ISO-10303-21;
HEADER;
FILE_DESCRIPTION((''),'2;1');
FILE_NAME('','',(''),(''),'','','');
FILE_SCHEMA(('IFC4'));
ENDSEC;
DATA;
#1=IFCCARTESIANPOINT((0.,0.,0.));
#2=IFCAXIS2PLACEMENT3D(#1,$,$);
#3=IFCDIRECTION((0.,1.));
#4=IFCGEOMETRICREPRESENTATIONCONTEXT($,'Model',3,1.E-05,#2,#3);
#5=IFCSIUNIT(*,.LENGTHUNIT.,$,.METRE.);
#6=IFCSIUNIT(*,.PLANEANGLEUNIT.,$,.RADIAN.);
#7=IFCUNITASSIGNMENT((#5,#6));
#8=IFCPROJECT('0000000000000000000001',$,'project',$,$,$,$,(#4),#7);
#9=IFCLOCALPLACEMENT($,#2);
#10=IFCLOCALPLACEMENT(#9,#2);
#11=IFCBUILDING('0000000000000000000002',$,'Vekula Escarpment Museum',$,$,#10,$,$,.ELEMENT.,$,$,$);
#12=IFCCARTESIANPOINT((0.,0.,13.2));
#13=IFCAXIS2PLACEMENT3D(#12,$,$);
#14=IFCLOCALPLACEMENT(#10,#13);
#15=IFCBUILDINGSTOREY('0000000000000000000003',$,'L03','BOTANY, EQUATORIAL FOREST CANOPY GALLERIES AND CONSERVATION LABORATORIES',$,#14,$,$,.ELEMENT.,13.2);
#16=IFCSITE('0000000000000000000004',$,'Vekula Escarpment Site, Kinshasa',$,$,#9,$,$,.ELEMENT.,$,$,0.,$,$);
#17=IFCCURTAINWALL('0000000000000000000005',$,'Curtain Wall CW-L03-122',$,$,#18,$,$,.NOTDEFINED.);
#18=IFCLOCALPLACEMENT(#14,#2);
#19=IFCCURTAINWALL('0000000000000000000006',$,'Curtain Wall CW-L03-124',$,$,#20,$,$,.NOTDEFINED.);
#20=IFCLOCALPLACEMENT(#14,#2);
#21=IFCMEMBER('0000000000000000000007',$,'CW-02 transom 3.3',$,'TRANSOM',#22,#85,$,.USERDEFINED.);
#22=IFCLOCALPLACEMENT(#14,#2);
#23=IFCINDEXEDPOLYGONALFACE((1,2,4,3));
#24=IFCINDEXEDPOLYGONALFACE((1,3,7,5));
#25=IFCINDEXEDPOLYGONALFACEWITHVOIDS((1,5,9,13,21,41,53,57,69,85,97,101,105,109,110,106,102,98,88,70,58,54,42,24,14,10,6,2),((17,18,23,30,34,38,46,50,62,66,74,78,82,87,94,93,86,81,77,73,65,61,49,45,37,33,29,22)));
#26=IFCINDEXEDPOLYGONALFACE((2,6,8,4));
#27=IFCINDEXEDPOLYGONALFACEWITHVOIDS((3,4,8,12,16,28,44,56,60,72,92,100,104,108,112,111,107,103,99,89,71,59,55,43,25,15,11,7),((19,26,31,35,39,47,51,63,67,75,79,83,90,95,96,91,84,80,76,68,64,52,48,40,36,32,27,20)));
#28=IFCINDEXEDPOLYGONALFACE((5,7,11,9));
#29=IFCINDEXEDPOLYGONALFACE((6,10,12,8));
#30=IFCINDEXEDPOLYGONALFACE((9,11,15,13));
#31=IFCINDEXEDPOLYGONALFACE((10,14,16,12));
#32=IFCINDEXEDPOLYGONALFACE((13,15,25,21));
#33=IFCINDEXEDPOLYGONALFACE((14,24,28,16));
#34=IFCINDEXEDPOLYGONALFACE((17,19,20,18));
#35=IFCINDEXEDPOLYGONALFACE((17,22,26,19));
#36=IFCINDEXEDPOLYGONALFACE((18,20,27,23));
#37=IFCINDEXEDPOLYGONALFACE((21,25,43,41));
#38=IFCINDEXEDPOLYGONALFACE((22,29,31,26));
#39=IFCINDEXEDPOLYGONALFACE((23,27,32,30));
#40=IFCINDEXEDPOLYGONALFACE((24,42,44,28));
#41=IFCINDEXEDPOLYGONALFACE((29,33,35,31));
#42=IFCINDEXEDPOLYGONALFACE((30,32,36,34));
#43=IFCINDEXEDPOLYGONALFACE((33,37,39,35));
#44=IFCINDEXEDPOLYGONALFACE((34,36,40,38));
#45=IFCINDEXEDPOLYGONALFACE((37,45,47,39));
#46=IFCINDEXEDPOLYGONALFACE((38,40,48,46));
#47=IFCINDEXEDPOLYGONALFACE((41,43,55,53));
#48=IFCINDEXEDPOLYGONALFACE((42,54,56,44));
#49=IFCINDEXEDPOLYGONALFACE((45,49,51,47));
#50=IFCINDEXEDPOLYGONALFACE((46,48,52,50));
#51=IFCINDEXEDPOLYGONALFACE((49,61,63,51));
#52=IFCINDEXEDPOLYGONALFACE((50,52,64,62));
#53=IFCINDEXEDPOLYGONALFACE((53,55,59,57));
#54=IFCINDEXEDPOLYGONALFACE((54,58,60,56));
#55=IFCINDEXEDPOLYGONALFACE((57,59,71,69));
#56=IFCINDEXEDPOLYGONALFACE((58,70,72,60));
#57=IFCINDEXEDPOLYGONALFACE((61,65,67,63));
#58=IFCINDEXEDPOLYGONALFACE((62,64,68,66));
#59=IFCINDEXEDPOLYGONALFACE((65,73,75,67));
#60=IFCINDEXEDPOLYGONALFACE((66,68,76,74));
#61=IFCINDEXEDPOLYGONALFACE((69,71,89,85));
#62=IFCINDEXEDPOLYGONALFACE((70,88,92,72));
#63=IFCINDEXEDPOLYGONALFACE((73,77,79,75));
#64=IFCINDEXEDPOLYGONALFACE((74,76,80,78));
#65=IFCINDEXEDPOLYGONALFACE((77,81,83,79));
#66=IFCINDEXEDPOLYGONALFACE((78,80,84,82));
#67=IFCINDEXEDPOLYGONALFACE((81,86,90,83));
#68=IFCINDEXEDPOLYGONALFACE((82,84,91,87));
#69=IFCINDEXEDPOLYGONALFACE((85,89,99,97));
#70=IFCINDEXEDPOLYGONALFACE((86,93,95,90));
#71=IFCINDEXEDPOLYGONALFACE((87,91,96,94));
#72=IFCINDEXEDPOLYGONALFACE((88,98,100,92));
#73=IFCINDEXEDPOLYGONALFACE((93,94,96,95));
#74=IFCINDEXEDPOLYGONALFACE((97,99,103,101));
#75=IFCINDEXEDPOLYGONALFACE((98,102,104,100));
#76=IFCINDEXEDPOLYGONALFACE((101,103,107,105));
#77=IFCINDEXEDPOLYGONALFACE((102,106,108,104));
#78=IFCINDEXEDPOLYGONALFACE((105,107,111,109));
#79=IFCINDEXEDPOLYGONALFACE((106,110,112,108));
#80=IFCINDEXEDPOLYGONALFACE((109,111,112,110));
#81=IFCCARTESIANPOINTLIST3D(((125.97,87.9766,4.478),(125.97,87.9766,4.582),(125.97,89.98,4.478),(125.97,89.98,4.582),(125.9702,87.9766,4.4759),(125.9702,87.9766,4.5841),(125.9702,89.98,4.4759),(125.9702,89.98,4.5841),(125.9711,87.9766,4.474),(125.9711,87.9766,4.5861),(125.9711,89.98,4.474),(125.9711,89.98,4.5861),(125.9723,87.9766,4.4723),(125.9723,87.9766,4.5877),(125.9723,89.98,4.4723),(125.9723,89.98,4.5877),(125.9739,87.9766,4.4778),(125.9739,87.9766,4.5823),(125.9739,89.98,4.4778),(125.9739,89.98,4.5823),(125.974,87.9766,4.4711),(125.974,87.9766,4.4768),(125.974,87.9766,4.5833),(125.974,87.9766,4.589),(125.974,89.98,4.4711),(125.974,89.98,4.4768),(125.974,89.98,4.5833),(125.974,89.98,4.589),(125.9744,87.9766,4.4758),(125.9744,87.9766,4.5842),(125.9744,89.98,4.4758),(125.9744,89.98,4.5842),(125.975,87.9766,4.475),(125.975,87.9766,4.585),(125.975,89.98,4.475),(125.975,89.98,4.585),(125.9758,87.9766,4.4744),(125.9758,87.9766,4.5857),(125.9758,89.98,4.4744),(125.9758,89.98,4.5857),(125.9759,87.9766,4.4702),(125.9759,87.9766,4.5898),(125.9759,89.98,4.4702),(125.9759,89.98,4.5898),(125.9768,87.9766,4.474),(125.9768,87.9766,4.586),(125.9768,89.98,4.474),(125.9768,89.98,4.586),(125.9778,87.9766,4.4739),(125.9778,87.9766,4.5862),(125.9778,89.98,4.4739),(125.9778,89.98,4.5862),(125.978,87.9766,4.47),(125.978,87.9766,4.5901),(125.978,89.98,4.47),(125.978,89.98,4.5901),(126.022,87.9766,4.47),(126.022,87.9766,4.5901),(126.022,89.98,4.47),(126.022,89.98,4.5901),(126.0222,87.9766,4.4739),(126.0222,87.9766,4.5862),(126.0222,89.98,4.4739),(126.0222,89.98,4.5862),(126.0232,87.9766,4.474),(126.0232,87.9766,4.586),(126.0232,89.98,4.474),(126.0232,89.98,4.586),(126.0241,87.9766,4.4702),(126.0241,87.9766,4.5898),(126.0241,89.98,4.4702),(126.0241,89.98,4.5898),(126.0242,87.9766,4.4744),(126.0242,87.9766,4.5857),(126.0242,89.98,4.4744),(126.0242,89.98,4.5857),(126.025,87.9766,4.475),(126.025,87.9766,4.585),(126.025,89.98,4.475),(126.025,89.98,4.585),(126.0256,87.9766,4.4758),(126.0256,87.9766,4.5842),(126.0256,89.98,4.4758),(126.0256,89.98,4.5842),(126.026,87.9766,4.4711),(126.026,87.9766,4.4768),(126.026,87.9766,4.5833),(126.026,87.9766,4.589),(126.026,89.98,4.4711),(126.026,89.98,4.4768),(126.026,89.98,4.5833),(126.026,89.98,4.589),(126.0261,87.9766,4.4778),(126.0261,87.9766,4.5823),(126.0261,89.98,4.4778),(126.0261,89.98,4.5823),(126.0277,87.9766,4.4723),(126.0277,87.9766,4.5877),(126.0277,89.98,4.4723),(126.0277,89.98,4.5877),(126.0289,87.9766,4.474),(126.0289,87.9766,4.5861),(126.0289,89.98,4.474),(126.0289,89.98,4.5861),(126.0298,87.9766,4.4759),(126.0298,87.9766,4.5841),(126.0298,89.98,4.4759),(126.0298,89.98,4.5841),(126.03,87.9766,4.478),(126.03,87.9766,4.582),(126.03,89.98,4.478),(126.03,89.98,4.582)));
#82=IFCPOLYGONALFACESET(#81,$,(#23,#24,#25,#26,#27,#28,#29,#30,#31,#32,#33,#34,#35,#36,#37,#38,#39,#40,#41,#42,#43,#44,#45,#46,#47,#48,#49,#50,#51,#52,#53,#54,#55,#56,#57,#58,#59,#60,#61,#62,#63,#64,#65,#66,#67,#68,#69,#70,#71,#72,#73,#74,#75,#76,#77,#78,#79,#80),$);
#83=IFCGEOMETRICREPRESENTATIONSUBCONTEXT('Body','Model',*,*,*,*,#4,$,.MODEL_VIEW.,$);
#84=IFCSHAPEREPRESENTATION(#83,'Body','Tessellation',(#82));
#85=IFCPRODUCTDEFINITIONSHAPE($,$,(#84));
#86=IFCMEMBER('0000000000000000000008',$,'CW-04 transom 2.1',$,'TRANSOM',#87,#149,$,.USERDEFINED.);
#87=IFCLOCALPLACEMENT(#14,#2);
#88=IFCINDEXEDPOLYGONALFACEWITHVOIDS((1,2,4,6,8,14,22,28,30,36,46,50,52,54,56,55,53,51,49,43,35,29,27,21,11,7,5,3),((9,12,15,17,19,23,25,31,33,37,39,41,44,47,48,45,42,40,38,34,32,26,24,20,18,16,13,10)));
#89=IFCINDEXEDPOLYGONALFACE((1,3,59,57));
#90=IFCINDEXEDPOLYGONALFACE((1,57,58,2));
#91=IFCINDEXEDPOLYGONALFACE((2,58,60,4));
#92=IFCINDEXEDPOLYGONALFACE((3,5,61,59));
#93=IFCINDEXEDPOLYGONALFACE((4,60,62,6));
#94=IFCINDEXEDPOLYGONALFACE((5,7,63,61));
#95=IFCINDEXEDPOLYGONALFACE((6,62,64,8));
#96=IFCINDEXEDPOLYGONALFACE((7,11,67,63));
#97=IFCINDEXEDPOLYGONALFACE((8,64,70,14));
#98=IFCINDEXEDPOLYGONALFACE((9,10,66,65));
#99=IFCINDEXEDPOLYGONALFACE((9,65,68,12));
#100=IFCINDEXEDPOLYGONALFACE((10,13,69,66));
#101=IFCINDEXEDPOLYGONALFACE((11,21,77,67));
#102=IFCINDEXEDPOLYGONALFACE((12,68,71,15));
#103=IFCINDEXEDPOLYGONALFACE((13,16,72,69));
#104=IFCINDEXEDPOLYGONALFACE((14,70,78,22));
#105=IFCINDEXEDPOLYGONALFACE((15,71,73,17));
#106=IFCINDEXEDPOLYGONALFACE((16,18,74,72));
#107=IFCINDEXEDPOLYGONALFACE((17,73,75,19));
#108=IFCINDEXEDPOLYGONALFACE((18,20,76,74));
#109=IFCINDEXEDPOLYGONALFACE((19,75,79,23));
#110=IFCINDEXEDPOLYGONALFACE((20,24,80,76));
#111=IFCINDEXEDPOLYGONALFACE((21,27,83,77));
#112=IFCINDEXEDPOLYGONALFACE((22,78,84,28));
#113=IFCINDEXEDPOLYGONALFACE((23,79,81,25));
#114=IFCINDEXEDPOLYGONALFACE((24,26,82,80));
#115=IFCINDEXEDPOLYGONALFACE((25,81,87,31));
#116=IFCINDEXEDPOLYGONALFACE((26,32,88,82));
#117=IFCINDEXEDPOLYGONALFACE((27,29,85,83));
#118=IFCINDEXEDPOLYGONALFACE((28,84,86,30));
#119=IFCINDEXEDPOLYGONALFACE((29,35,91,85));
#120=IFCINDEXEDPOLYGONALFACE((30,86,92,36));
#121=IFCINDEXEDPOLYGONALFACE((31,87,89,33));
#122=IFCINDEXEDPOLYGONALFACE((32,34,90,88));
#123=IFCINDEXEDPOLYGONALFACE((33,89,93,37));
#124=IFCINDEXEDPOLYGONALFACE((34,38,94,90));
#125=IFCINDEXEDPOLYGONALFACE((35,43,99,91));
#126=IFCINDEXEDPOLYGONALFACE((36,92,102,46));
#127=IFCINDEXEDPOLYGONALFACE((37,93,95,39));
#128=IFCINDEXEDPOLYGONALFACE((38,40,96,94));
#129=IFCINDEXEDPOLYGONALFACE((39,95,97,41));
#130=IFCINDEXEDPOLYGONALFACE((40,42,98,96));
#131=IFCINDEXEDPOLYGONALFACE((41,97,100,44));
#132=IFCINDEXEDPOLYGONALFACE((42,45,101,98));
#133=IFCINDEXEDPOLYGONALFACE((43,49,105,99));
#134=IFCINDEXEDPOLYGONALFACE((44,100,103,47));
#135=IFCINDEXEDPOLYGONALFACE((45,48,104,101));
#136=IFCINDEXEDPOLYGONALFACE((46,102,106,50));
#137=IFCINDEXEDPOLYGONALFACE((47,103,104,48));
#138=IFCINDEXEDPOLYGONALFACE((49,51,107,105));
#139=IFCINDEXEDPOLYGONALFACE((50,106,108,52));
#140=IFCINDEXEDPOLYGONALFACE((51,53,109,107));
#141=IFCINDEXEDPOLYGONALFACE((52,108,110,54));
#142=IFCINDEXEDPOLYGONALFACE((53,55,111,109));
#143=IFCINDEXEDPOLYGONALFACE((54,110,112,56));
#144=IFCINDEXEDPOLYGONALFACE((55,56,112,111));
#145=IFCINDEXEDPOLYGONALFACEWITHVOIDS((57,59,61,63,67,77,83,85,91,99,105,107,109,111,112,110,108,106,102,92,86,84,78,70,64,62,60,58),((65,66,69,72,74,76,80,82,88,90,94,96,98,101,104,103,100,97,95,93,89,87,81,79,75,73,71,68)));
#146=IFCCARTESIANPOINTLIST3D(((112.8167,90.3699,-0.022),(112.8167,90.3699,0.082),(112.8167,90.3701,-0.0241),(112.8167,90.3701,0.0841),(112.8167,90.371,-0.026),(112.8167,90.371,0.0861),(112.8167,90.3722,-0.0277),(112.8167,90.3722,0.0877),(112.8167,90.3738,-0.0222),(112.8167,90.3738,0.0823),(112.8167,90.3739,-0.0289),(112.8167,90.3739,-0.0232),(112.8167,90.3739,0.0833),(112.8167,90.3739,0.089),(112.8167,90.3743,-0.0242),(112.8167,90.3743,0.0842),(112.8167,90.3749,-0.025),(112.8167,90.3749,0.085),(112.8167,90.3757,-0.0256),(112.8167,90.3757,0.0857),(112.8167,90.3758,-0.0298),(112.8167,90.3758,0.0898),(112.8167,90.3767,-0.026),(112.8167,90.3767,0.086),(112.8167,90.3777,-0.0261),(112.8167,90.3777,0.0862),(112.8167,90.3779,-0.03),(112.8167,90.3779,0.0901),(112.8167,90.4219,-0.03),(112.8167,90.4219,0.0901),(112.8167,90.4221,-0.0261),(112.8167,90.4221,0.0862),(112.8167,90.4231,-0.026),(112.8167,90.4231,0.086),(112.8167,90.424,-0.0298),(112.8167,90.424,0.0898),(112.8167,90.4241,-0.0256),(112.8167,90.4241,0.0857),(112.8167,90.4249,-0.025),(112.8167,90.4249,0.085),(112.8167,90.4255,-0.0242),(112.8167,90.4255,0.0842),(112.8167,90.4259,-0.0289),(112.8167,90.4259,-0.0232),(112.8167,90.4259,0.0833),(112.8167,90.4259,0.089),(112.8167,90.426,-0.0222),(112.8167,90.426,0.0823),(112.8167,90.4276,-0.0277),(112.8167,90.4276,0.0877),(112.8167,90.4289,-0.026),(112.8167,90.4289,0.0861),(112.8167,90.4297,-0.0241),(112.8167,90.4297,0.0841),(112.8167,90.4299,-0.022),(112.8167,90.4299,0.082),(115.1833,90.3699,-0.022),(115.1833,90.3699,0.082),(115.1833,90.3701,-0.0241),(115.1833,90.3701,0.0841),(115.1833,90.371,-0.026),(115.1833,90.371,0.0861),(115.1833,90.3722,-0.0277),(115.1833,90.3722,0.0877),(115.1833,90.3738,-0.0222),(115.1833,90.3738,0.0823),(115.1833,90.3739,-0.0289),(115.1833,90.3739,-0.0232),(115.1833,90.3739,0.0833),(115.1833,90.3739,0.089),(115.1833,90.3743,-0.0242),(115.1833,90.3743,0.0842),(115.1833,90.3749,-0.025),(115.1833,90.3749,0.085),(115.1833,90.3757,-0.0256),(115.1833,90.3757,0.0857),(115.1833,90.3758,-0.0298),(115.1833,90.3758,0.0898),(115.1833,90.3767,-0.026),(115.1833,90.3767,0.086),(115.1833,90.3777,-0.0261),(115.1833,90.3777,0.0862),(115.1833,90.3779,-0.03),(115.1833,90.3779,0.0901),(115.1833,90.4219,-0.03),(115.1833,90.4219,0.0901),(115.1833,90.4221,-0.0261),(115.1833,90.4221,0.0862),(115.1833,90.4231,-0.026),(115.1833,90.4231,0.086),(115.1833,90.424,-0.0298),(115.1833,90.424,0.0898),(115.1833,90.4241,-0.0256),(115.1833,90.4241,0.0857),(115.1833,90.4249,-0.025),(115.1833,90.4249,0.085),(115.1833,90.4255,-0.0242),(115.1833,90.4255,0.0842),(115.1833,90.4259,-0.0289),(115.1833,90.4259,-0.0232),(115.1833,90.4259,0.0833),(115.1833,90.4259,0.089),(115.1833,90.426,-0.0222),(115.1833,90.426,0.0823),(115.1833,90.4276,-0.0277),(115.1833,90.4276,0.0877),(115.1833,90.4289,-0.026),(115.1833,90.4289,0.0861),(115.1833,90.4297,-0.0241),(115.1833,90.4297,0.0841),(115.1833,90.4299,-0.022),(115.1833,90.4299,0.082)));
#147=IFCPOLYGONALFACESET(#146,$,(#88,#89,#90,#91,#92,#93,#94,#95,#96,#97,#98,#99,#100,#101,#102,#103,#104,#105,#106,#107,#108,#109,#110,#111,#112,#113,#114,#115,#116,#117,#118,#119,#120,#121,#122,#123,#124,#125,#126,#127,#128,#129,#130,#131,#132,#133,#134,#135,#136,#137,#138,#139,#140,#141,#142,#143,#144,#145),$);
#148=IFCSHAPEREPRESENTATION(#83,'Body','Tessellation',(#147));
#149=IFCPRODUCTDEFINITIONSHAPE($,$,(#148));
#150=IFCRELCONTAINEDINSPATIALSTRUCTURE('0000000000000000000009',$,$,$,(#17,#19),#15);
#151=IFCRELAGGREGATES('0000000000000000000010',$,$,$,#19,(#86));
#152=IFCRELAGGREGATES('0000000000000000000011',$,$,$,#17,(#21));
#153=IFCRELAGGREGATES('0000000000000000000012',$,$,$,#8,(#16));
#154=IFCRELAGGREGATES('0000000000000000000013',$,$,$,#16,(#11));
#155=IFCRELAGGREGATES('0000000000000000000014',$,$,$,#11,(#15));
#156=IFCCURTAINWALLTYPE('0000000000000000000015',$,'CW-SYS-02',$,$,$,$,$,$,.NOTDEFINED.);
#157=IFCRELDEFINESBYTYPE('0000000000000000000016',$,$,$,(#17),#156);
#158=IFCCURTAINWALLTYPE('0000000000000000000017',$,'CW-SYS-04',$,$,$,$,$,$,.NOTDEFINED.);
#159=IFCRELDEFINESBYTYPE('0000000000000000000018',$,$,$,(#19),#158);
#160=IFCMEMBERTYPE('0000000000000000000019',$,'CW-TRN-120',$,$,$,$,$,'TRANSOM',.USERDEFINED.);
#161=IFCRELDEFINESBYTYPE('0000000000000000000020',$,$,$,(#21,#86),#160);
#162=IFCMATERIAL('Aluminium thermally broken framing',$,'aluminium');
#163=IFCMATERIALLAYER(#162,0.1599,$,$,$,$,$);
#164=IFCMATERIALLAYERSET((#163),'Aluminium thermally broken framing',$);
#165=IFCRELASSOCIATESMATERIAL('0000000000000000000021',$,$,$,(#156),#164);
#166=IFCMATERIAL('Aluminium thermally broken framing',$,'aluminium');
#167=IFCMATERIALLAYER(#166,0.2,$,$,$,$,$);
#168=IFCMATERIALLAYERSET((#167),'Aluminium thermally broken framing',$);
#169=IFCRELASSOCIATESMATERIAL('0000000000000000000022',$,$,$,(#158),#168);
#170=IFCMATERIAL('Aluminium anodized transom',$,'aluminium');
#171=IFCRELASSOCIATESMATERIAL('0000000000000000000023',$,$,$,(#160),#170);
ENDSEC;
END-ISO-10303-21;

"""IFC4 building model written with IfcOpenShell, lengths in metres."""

from ifc_helpers import new_model, si_unit, direction, frame, origin, origin_2d, place, context, subcontext, project, spatial, hollow_rectangle, extrude, material, layer, layer_set, material_profile, profile_set, type_object, element, aggregate, save


model = new_model("IFC4")

# Units and contexts
model_context = context("Model", 3, precision=1e-05, world=origin(), true_north=direction((0.0, 1.0)))
body_context = subcontext(model_context, "Body", "Model", "MODEL_VIEW")
ifc_project = project(units=[si_unit("LENGTHUNIT", "METRE"), si_unit("PLANEANGLEUNIT", "RADIAN")], contexts=[model_context])

# Site, building, storey
site_placement = place(None, origin())
site = spatial("IfcSite", under=ifc_project, at=site_placement, Name="Vekula Escarpment Site, Kinshasa", CompositionType="ELEMENT", RefElevation=0.0)
building_placement = place(site_placement, origin())
building = spatial("IfcBuilding", under=site, at=building_placement, Name="Vekula Escarpment Museum", CompositionType="ELEMENT")
storey_placement = place(building_placement, frame((0.0, 0.0, 13.2)))
storey = spatial("IfcBuildingStorey", under=building, at=storey_placement, Name="L03", Description="BOTANY, EQUATORIAL FOREST CANOPY GALLERIES AND CONSERVATION LABORATORIES", CompositionType="ELEMENT", Elevation=13.2)

# Curtain walls
ifc_material_1 = material(Name="Aluminium thermally broken framing", Category="aluminium")
ifc_layer_1 = layer(ifc_material_1, 0.1599)
ifc_layer_set_1 = layer_set([ifc_layer_1], Name="Aluminium thermally broken framing")
curtain_wall_type_1 = type_object("IfcCurtainWallType", Name="CW-SYS-02", PredefinedType="NOTDEFINED", material=ifc_layer_set_1)
curtain_wall_1_placement = place(storey_placement, origin())
curtain_wall_1 = element("IfcCurtainWall", 1, at=curtain_wall_1_placement, inside=storey, type_object=curtain_wall_type_1, Name="Curtain Wall CW-L03-122", PredefinedType="NOTDEFINED")
ifc_material_2 = material(Name="Aluminium thermally broken framing", Category="aluminium")
ifc_layer_2 = layer(ifc_material_2, 0.2)
ifc_layer_set_2 = layer_set([ifc_layer_2], Name="Aluminium thermally broken framing")
curtain_wall_type_2 = type_object("IfcCurtainWallType", Name="CW-SYS-04", PredefinedType="NOTDEFINED", material=ifc_layer_set_2)
curtain_wall_2_placement = place(storey_placement, origin())
curtain_wall_2 = element("IfcCurtainWall", 2, at=curtain_wall_2_placement, inside=storey, type_object=curtain_wall_type_2, Name="Curtain Wall CW-L03-124", PredefinedType="NOTDEFINED")

# Members
ifc_material_3 = material(Name="Aluminium anodized transom", Category="aluminium")
ifc_material_profile_1 = material_profile(ifc_material_3, hollow_rectangle(XDim=0.0601, YDim=0.1201, WallThickness=0.0039, InnerFilletRadius=0.0039, OuterFilletRadius=0.0081, at=origin_2d()), Name="ALU 120x60x4")
ifc_profile_set_1 = profile_set([ifc_material_profile_1], Name="Aluminium anodized transom")
member_type_1 = type_object("IfcMemberType", Name="CW-TRN-120", ElementType="TRANSOM", PredefinedType="USERDEFINED", material=ifc_profile_set_1)
member_1_placement = place(storey_placement, frame((126.0, 87.9766, 4.53), z_axis=(0.0, 1.0, 0.0), x_axis=(-1.0, 0.0, 0.0)))
member_1 = element("IfcMember", 3, at=member_1_placement, type_object=member_type_1, Name="CW-02 transom 3.3", ObjectType="TRANSOM", PredefinedType="USERDEFINED", context=body_context, shape_type="SweptSolid", body=[
    extrude(hollow_rectangle(XDim=0.0601, YDim=0.1201, WallThickness=0.0039, InnerFilletRadius=0.0039, OuterFilletRadius=0.0081, at=origin_2d()), origin(), (0.0, 0.0, 1.0), 2.0034),
])
member_2_placement = place(storey_placement, frame((115.1833, 90.3999, 0.03), z_axis=(-1.0, 0.0, 0.0), x_axis=(0.0, -1.0, 0.0)))
member_2 = element("IfcMember", 4, at=member_2_placement, type_object=member_type_1, Name="CW-04 transom 2.1", ObjectType="TRANSOM", PredefinedType="USERDEFINED", context=body_context, shape_type="SweptSolid", body=[
    extrude(hollow_rectangle(XDim=0.0601, YDim=0.1201, WallThickness=0.0039, InnerFilletRadius=0.0039, OuterFilletRadius=0.0081, at=origin_2d()), origin(), (0.0, 0.0, 1.0), 2.3667),
])

aggregate(curtain_wall_2, [member_2])
aggregate(curtain_wall_1, [member_1])

save(model, "model.ifc")
